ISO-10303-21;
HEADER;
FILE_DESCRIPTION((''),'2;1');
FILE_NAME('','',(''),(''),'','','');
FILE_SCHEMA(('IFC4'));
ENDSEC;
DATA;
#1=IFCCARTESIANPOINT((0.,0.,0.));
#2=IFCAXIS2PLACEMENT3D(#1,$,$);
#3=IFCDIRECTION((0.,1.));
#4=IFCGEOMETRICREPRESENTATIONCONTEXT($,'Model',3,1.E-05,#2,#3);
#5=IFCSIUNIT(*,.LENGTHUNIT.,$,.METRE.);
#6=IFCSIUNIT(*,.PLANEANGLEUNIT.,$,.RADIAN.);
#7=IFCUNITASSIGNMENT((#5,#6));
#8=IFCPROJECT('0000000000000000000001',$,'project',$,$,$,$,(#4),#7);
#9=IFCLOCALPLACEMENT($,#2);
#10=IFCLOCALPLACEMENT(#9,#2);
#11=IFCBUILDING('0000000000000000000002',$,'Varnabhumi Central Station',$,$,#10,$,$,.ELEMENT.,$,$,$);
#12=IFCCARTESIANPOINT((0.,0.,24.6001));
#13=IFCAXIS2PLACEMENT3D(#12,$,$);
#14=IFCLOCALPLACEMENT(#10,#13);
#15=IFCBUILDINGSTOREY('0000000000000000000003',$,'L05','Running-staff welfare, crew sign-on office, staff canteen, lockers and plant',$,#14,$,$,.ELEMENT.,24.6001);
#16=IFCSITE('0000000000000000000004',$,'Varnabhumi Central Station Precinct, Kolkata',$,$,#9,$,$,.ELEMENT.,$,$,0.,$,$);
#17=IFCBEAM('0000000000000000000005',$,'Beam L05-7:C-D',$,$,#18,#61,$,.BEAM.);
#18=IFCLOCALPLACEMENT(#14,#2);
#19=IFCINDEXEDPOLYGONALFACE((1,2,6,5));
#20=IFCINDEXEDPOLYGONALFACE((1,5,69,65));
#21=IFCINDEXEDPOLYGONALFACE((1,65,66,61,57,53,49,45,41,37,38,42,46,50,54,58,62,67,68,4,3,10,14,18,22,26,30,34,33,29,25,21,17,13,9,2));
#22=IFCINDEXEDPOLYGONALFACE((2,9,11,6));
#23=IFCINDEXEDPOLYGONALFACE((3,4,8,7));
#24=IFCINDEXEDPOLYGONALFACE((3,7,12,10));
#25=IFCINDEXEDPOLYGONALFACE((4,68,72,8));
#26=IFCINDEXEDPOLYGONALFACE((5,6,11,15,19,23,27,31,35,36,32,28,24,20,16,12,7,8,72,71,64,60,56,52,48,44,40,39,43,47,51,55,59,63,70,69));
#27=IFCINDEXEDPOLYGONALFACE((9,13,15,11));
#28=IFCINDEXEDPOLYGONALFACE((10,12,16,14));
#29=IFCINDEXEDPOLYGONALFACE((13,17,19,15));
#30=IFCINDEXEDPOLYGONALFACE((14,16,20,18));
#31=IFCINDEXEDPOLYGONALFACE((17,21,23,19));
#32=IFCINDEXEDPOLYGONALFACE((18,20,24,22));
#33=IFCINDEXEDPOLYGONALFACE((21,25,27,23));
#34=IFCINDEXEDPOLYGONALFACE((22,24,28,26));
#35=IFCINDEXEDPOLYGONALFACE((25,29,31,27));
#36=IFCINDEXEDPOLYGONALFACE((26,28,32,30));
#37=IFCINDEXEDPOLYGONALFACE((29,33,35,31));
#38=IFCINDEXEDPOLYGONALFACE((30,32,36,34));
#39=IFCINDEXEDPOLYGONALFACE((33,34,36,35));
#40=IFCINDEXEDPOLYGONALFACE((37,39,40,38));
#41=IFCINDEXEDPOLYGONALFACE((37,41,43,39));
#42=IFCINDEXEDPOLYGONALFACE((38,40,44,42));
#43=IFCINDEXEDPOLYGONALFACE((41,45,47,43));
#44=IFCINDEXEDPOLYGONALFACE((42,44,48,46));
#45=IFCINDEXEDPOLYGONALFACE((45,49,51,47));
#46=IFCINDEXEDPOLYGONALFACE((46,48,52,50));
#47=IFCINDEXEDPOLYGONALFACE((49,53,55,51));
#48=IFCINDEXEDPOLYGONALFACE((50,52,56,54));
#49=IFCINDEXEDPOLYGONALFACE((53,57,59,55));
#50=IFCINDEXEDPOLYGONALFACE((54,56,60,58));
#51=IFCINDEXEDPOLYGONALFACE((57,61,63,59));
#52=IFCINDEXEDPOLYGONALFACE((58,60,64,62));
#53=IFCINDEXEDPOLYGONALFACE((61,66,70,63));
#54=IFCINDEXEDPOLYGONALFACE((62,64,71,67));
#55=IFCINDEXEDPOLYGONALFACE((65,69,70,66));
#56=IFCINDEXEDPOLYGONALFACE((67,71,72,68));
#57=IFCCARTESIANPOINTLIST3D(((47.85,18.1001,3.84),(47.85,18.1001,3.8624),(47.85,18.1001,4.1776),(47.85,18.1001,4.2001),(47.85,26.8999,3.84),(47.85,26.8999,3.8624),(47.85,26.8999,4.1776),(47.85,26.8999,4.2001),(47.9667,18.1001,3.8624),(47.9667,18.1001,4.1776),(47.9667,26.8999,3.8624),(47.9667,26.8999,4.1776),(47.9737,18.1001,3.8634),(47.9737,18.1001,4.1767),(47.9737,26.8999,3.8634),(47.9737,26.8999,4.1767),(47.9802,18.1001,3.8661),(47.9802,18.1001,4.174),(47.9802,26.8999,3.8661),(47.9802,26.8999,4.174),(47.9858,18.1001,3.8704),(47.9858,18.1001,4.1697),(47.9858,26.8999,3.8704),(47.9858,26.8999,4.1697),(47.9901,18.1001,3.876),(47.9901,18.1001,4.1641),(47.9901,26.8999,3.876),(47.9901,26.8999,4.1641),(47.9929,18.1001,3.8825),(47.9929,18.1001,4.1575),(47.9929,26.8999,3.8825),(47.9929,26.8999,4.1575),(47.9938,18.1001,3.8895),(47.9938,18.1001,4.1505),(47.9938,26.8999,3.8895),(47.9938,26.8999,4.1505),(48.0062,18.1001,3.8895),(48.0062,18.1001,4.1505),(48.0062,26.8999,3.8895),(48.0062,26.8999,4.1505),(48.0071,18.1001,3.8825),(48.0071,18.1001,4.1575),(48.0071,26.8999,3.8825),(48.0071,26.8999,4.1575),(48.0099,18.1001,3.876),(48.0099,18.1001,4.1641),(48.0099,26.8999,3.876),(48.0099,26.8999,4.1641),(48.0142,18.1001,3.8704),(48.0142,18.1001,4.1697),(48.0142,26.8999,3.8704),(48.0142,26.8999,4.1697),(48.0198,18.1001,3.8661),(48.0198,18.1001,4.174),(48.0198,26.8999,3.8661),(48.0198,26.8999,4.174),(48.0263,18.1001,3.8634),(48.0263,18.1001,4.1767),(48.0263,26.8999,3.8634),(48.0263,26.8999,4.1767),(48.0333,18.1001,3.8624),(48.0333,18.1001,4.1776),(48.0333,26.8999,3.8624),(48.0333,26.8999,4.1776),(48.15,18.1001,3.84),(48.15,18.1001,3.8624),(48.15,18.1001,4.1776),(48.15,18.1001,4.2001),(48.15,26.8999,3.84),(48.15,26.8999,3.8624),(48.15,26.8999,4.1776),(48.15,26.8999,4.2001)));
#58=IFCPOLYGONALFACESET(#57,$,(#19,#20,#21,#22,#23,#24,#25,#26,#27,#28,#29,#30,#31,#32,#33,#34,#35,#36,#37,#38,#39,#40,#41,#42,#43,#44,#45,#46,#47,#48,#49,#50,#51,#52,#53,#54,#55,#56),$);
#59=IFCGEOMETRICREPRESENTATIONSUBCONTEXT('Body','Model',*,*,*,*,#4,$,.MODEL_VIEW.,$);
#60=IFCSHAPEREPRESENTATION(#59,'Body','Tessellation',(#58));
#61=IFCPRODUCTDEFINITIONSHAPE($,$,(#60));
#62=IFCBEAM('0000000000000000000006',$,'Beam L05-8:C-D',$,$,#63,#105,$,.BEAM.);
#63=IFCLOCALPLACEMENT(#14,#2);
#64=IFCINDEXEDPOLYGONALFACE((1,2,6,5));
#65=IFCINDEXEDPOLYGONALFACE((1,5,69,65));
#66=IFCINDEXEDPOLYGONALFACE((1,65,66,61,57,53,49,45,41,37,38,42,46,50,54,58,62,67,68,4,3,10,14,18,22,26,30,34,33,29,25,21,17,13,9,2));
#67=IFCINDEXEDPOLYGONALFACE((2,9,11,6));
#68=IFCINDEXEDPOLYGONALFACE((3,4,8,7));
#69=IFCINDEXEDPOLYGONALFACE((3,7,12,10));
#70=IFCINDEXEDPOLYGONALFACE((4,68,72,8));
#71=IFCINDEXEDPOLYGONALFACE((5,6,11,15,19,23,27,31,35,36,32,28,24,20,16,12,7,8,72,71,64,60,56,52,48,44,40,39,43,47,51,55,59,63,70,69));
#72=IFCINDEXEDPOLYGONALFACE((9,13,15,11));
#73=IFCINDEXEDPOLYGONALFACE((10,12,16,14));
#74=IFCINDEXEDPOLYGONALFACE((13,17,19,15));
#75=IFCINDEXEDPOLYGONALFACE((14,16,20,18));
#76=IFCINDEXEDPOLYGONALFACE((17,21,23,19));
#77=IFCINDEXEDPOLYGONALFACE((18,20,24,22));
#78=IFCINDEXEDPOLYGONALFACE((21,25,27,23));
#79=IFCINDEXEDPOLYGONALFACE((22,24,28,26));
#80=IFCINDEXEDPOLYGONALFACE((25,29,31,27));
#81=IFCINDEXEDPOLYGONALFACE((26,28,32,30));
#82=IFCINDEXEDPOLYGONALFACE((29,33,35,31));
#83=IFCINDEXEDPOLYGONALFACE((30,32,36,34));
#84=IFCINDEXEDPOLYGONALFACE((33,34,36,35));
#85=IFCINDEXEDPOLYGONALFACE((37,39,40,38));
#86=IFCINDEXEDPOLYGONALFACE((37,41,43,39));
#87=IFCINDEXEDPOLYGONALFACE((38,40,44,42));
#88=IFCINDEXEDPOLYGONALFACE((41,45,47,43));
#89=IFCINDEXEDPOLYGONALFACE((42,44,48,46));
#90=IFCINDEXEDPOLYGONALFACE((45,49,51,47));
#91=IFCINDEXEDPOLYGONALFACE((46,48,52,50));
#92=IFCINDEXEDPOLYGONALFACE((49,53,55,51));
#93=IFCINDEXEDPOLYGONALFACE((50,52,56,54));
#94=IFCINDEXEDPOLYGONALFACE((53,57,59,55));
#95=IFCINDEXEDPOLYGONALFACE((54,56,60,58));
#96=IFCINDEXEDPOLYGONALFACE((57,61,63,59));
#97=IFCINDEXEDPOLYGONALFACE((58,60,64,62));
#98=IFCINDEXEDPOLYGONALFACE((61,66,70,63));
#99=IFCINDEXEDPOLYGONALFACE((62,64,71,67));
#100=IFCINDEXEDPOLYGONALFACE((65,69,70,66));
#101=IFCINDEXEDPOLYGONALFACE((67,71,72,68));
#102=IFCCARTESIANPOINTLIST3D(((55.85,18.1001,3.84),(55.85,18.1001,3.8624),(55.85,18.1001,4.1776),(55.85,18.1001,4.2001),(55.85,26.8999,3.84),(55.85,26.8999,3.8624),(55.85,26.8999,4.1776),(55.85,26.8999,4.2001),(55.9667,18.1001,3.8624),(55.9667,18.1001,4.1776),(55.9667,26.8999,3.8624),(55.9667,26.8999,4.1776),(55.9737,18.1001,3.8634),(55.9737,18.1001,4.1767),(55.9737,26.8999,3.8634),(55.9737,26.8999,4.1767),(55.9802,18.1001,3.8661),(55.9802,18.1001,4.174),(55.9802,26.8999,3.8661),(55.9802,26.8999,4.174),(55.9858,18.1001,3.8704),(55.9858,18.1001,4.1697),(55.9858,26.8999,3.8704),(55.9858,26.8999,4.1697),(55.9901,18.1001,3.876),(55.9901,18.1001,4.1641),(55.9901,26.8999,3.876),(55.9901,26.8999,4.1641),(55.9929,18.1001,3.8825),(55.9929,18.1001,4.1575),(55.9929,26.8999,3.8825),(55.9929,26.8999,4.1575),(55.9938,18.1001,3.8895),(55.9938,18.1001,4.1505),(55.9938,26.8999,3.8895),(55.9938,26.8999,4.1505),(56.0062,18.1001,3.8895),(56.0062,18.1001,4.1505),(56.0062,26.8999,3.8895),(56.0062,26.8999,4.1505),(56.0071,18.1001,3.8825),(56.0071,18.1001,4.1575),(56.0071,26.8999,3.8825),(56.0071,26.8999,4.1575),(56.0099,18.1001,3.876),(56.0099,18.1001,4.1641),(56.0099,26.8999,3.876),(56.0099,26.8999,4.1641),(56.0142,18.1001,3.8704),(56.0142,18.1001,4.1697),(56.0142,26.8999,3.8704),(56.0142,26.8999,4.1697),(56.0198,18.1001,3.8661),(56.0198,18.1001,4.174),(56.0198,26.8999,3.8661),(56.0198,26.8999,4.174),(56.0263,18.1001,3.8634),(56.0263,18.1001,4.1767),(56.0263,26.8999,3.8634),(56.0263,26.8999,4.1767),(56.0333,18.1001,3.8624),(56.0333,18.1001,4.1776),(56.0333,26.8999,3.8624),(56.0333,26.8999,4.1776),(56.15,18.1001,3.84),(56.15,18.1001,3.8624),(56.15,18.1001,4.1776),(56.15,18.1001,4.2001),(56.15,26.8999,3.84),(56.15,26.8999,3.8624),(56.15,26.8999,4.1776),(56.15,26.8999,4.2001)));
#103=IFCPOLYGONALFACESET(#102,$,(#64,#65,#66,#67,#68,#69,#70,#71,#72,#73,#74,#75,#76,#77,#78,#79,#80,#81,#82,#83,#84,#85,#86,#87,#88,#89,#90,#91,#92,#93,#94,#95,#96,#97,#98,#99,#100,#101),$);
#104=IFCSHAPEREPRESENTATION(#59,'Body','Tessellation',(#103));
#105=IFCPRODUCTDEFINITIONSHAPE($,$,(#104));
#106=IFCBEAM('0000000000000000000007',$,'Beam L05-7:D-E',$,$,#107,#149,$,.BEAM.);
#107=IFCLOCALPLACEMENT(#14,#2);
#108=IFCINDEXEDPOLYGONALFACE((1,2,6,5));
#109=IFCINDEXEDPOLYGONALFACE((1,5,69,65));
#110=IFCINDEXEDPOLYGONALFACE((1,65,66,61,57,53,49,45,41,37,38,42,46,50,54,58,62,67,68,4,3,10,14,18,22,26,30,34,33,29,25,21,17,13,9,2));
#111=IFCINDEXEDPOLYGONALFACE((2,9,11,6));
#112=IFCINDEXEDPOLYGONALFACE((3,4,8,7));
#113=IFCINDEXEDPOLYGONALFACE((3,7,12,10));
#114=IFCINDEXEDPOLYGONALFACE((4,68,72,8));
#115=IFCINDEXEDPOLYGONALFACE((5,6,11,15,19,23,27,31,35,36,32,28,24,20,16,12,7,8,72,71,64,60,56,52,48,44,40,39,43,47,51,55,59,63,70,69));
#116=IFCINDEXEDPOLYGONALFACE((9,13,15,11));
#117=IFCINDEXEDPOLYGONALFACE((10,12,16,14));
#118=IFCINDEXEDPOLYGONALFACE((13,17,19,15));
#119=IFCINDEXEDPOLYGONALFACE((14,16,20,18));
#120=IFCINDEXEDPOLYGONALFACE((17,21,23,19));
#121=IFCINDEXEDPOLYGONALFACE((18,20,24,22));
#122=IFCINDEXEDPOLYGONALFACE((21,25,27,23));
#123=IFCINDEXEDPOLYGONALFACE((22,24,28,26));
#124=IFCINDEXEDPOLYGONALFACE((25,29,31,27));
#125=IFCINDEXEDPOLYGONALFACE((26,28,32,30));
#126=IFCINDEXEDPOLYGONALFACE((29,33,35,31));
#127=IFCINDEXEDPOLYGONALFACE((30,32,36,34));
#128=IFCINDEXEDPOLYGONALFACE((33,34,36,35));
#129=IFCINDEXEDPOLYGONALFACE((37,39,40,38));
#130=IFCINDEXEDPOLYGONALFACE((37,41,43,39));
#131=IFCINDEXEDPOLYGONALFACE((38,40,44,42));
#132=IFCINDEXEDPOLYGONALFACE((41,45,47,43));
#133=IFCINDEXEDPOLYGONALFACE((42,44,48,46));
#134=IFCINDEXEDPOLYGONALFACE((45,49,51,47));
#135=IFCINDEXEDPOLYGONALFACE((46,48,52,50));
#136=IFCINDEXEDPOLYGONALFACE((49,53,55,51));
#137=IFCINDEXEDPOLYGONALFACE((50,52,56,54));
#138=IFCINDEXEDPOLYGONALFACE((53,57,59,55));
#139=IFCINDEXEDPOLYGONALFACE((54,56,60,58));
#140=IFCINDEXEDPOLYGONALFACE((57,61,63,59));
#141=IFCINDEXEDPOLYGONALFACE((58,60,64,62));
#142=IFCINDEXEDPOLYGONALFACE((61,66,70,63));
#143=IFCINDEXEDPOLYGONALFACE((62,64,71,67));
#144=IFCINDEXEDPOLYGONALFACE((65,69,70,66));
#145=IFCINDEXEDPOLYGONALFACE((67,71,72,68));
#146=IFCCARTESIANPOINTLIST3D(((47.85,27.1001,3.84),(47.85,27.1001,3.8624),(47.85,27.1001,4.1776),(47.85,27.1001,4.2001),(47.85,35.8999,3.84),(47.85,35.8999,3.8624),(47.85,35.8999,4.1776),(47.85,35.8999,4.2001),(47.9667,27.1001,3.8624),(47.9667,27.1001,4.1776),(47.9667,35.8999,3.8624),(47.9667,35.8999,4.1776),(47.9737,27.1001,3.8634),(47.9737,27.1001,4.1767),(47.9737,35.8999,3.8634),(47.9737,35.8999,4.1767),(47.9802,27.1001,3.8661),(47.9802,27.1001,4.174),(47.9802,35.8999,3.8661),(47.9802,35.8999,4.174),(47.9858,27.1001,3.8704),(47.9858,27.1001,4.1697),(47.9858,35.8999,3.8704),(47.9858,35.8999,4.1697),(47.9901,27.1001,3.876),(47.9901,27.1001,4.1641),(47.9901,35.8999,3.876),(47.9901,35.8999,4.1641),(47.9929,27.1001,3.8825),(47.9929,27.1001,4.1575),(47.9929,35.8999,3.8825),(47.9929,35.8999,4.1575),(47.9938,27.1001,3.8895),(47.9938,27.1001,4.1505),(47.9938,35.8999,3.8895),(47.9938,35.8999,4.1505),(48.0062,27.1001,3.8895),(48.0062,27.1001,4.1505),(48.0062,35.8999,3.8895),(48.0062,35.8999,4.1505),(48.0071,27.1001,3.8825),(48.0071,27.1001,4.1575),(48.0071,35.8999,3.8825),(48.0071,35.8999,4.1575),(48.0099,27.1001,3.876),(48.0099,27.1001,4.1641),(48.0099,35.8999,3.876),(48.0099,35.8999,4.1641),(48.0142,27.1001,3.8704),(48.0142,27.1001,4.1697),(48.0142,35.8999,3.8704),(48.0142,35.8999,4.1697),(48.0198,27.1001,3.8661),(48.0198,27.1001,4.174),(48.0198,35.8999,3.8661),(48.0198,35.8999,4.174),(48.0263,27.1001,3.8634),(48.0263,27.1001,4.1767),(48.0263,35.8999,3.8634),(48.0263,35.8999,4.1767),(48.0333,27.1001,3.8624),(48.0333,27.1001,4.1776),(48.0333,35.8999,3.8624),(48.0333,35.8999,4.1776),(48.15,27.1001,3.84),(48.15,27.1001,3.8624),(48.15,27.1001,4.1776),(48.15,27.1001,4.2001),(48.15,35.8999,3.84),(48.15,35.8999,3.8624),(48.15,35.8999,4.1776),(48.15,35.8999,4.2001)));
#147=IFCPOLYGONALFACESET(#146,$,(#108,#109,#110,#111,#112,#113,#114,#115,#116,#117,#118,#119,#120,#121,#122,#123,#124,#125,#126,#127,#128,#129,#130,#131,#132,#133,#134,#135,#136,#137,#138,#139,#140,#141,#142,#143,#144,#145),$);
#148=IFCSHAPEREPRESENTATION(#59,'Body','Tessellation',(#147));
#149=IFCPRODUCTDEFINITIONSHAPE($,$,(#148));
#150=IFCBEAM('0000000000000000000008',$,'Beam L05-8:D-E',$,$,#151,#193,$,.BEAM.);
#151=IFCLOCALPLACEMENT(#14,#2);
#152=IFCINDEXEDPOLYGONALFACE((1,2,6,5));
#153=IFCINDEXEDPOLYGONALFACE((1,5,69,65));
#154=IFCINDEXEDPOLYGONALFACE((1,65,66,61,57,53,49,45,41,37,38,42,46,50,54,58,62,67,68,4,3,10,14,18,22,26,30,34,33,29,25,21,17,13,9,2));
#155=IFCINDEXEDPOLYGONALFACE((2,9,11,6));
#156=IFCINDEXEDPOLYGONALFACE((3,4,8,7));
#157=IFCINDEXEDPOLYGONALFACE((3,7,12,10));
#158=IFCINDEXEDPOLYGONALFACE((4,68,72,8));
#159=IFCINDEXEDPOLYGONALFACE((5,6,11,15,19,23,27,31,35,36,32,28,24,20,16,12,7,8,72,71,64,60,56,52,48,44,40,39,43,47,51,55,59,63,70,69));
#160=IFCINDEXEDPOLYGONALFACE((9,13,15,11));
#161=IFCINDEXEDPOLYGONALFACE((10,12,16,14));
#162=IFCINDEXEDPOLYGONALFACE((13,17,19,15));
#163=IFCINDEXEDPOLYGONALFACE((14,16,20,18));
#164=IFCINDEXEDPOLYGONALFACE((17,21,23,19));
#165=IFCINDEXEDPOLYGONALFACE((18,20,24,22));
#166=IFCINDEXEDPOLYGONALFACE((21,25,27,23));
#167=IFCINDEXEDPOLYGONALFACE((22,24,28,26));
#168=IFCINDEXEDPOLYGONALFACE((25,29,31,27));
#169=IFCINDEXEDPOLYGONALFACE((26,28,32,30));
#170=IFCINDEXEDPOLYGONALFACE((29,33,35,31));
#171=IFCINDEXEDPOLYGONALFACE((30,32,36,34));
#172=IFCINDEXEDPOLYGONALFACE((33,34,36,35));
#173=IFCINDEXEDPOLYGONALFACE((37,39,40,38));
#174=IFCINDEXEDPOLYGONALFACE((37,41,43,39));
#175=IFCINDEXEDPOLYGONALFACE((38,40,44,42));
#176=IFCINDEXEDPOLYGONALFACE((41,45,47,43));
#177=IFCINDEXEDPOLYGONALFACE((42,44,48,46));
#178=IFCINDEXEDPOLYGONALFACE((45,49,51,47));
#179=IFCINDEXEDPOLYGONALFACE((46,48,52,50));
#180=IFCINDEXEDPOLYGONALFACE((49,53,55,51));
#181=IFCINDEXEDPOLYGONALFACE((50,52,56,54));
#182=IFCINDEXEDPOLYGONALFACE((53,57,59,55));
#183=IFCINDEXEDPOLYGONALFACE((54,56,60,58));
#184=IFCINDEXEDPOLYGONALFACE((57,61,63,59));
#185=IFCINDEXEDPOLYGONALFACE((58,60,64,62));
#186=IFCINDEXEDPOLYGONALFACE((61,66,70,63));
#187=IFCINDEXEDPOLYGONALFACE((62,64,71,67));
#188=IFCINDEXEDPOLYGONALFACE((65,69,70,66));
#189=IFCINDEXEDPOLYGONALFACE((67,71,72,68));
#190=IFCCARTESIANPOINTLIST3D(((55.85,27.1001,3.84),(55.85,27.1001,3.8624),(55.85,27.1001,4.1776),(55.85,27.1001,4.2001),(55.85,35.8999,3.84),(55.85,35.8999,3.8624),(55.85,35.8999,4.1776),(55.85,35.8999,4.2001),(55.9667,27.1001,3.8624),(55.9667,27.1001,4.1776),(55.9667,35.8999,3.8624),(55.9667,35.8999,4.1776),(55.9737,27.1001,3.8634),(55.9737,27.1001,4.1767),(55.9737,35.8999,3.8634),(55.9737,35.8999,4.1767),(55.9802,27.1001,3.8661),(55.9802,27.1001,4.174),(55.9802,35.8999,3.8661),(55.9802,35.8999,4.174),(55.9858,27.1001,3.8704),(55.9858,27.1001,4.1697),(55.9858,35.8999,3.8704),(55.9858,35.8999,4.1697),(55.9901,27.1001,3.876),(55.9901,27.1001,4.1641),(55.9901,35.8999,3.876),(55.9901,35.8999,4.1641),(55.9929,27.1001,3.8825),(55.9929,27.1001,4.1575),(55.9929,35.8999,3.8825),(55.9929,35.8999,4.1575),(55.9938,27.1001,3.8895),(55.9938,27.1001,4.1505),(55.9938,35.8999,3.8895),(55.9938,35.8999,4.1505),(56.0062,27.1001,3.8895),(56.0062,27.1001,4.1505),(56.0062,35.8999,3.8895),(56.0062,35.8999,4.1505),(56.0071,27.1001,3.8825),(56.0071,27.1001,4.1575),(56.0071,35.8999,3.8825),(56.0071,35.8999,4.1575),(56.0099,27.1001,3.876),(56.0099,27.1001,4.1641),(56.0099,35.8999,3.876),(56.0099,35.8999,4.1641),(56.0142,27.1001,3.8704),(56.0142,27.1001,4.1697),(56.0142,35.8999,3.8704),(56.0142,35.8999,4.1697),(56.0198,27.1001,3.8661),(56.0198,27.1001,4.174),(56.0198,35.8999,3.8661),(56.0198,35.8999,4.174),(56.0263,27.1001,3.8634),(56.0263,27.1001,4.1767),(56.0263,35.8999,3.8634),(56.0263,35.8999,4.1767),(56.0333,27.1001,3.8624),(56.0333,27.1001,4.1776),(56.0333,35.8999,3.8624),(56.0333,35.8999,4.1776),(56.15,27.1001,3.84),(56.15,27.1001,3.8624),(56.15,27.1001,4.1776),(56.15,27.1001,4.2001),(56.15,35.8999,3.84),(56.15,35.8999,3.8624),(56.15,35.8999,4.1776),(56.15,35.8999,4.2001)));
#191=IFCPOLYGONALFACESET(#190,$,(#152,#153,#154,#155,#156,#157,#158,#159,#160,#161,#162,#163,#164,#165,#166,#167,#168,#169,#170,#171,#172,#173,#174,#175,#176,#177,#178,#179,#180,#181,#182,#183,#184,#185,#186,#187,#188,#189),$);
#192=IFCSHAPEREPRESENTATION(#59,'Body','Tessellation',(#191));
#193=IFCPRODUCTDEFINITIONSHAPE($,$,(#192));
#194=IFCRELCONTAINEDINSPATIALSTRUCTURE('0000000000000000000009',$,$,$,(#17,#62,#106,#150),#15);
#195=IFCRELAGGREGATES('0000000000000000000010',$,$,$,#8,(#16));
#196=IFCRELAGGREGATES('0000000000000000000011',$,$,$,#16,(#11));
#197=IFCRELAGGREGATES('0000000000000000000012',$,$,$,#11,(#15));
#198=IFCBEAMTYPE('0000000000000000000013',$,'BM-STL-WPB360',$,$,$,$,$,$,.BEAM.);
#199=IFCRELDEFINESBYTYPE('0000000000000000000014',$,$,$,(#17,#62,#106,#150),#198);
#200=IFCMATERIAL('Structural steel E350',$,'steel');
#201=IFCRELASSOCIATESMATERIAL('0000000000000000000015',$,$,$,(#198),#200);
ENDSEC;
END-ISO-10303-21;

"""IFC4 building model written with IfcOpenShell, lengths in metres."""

from ifc_helpers import new_model, si_unit, direction, frame, origin, origin_2d, place, context, subcontext, project, spatial, i_section, extrude, material, material_profile, profile_set, type_object, element, save


model = new_model("IFC4")

# Units and contexts
model_context = context("Model", 3, precision=1e-05, world=origin(), true_north=direction((0.0, 1.0)))
body_context = subcontext(model_context, "Body", "Model", "MODEL_VIEW")
ifc_project = project(units=[si_unit("LENGTHUNIT", "METRE"), si_unit("PLANEANGLEUNIT", "RADIAN")], contexts=[model_context])

# Site, building, storey
site_placement = place(None, origin())
site = spatial("IfcSite", under=ifc_project, at=site_placement, Name="Varnabhumi Central Station Precinct, Kolkata", CompositionType="ELEMENT", RefElevation=0.0)
building_placement = place(site_placement, origin())
building = spatial("IfcBuilding", under=site, at=building_placement, Name="Varnabhumi Central Station", CompositionType="ELEMENT")
storey_placement = place(building_placement, frame((0.0, 0.0, 24.6001)))
storey = spatial("IfcBuildingStorey", under=building, at=storey_placement, Name="L05", Description="Running-staff welfare, crew sign-on office, staff canteen, lockers and plant", CompositionType="ELEMENT", Elevation=24.6001)

# Beams
ifc_material_1 = material(Name="Structural steel E350", Category="steel")
ifc_material_profile_1 = material_profile(ifc_material_1, i_section(OverallWidth=0.3, OverallDepth=0.3601, WebThickness=0.0125, FlangeThickness=0.0225, FilletRadius=0.0271, at=origin_2d()), Name="Structural steel E350", Category="steel")
ifc_profile_set_1 = profile_set([ifc_material_profile_1], Name="Structural steel E350")
beam_type_1 = type_object("IfcBeamType", Name="BM-STL-WPB360", PredefinedType="BEAM", material=ifc_profile_set_1)
for number, where, z_axis, x_axis, name in (
    (1, (48.0, 18.1001, 4.02), (0.0, 1.0, 0.0), (-1.0, 0.0, 0.0), "Beam L05-7:C-D"),
    (2, (56.0, 18.1001, 4.02), (0.0, 1.0, 0.0), (-1.0, 0.0, 0.0), "Beam L05-8:C-D"),
    (3, (48.0, 27.1001, 4.02), (0.0, 1.0, 0.0), (-1.0, 0.0, 0.0), "Beam L05-7:D-E"),
    (4, (56.0, 27.1001, 4.02), (0.0, 1.0, 0.0), (-1.0, 0.0, 0.0), "Beam L05-8:D-E"),
):
    element("IfcBeam", number, at=place(storey_placement, frame(where, z_axis=z_axis, x_axis=x_axis)), inside=storey, type_object=beam_type_1, Name=name, PredefinedType="BEAM", context=body_context, shape_type="SweptSolid", body=[
        extrude(i_section(OverallWidth=0.3, OverallDepth=0.3601, WebThickness=0.0125, FlangeThickness=0.0225, FilletRadius=0.0271, at=origin_2d()), origin(), (0.0, 0.0, 1.0), 8.7998),
    ])

save(model, "model.ifc")
